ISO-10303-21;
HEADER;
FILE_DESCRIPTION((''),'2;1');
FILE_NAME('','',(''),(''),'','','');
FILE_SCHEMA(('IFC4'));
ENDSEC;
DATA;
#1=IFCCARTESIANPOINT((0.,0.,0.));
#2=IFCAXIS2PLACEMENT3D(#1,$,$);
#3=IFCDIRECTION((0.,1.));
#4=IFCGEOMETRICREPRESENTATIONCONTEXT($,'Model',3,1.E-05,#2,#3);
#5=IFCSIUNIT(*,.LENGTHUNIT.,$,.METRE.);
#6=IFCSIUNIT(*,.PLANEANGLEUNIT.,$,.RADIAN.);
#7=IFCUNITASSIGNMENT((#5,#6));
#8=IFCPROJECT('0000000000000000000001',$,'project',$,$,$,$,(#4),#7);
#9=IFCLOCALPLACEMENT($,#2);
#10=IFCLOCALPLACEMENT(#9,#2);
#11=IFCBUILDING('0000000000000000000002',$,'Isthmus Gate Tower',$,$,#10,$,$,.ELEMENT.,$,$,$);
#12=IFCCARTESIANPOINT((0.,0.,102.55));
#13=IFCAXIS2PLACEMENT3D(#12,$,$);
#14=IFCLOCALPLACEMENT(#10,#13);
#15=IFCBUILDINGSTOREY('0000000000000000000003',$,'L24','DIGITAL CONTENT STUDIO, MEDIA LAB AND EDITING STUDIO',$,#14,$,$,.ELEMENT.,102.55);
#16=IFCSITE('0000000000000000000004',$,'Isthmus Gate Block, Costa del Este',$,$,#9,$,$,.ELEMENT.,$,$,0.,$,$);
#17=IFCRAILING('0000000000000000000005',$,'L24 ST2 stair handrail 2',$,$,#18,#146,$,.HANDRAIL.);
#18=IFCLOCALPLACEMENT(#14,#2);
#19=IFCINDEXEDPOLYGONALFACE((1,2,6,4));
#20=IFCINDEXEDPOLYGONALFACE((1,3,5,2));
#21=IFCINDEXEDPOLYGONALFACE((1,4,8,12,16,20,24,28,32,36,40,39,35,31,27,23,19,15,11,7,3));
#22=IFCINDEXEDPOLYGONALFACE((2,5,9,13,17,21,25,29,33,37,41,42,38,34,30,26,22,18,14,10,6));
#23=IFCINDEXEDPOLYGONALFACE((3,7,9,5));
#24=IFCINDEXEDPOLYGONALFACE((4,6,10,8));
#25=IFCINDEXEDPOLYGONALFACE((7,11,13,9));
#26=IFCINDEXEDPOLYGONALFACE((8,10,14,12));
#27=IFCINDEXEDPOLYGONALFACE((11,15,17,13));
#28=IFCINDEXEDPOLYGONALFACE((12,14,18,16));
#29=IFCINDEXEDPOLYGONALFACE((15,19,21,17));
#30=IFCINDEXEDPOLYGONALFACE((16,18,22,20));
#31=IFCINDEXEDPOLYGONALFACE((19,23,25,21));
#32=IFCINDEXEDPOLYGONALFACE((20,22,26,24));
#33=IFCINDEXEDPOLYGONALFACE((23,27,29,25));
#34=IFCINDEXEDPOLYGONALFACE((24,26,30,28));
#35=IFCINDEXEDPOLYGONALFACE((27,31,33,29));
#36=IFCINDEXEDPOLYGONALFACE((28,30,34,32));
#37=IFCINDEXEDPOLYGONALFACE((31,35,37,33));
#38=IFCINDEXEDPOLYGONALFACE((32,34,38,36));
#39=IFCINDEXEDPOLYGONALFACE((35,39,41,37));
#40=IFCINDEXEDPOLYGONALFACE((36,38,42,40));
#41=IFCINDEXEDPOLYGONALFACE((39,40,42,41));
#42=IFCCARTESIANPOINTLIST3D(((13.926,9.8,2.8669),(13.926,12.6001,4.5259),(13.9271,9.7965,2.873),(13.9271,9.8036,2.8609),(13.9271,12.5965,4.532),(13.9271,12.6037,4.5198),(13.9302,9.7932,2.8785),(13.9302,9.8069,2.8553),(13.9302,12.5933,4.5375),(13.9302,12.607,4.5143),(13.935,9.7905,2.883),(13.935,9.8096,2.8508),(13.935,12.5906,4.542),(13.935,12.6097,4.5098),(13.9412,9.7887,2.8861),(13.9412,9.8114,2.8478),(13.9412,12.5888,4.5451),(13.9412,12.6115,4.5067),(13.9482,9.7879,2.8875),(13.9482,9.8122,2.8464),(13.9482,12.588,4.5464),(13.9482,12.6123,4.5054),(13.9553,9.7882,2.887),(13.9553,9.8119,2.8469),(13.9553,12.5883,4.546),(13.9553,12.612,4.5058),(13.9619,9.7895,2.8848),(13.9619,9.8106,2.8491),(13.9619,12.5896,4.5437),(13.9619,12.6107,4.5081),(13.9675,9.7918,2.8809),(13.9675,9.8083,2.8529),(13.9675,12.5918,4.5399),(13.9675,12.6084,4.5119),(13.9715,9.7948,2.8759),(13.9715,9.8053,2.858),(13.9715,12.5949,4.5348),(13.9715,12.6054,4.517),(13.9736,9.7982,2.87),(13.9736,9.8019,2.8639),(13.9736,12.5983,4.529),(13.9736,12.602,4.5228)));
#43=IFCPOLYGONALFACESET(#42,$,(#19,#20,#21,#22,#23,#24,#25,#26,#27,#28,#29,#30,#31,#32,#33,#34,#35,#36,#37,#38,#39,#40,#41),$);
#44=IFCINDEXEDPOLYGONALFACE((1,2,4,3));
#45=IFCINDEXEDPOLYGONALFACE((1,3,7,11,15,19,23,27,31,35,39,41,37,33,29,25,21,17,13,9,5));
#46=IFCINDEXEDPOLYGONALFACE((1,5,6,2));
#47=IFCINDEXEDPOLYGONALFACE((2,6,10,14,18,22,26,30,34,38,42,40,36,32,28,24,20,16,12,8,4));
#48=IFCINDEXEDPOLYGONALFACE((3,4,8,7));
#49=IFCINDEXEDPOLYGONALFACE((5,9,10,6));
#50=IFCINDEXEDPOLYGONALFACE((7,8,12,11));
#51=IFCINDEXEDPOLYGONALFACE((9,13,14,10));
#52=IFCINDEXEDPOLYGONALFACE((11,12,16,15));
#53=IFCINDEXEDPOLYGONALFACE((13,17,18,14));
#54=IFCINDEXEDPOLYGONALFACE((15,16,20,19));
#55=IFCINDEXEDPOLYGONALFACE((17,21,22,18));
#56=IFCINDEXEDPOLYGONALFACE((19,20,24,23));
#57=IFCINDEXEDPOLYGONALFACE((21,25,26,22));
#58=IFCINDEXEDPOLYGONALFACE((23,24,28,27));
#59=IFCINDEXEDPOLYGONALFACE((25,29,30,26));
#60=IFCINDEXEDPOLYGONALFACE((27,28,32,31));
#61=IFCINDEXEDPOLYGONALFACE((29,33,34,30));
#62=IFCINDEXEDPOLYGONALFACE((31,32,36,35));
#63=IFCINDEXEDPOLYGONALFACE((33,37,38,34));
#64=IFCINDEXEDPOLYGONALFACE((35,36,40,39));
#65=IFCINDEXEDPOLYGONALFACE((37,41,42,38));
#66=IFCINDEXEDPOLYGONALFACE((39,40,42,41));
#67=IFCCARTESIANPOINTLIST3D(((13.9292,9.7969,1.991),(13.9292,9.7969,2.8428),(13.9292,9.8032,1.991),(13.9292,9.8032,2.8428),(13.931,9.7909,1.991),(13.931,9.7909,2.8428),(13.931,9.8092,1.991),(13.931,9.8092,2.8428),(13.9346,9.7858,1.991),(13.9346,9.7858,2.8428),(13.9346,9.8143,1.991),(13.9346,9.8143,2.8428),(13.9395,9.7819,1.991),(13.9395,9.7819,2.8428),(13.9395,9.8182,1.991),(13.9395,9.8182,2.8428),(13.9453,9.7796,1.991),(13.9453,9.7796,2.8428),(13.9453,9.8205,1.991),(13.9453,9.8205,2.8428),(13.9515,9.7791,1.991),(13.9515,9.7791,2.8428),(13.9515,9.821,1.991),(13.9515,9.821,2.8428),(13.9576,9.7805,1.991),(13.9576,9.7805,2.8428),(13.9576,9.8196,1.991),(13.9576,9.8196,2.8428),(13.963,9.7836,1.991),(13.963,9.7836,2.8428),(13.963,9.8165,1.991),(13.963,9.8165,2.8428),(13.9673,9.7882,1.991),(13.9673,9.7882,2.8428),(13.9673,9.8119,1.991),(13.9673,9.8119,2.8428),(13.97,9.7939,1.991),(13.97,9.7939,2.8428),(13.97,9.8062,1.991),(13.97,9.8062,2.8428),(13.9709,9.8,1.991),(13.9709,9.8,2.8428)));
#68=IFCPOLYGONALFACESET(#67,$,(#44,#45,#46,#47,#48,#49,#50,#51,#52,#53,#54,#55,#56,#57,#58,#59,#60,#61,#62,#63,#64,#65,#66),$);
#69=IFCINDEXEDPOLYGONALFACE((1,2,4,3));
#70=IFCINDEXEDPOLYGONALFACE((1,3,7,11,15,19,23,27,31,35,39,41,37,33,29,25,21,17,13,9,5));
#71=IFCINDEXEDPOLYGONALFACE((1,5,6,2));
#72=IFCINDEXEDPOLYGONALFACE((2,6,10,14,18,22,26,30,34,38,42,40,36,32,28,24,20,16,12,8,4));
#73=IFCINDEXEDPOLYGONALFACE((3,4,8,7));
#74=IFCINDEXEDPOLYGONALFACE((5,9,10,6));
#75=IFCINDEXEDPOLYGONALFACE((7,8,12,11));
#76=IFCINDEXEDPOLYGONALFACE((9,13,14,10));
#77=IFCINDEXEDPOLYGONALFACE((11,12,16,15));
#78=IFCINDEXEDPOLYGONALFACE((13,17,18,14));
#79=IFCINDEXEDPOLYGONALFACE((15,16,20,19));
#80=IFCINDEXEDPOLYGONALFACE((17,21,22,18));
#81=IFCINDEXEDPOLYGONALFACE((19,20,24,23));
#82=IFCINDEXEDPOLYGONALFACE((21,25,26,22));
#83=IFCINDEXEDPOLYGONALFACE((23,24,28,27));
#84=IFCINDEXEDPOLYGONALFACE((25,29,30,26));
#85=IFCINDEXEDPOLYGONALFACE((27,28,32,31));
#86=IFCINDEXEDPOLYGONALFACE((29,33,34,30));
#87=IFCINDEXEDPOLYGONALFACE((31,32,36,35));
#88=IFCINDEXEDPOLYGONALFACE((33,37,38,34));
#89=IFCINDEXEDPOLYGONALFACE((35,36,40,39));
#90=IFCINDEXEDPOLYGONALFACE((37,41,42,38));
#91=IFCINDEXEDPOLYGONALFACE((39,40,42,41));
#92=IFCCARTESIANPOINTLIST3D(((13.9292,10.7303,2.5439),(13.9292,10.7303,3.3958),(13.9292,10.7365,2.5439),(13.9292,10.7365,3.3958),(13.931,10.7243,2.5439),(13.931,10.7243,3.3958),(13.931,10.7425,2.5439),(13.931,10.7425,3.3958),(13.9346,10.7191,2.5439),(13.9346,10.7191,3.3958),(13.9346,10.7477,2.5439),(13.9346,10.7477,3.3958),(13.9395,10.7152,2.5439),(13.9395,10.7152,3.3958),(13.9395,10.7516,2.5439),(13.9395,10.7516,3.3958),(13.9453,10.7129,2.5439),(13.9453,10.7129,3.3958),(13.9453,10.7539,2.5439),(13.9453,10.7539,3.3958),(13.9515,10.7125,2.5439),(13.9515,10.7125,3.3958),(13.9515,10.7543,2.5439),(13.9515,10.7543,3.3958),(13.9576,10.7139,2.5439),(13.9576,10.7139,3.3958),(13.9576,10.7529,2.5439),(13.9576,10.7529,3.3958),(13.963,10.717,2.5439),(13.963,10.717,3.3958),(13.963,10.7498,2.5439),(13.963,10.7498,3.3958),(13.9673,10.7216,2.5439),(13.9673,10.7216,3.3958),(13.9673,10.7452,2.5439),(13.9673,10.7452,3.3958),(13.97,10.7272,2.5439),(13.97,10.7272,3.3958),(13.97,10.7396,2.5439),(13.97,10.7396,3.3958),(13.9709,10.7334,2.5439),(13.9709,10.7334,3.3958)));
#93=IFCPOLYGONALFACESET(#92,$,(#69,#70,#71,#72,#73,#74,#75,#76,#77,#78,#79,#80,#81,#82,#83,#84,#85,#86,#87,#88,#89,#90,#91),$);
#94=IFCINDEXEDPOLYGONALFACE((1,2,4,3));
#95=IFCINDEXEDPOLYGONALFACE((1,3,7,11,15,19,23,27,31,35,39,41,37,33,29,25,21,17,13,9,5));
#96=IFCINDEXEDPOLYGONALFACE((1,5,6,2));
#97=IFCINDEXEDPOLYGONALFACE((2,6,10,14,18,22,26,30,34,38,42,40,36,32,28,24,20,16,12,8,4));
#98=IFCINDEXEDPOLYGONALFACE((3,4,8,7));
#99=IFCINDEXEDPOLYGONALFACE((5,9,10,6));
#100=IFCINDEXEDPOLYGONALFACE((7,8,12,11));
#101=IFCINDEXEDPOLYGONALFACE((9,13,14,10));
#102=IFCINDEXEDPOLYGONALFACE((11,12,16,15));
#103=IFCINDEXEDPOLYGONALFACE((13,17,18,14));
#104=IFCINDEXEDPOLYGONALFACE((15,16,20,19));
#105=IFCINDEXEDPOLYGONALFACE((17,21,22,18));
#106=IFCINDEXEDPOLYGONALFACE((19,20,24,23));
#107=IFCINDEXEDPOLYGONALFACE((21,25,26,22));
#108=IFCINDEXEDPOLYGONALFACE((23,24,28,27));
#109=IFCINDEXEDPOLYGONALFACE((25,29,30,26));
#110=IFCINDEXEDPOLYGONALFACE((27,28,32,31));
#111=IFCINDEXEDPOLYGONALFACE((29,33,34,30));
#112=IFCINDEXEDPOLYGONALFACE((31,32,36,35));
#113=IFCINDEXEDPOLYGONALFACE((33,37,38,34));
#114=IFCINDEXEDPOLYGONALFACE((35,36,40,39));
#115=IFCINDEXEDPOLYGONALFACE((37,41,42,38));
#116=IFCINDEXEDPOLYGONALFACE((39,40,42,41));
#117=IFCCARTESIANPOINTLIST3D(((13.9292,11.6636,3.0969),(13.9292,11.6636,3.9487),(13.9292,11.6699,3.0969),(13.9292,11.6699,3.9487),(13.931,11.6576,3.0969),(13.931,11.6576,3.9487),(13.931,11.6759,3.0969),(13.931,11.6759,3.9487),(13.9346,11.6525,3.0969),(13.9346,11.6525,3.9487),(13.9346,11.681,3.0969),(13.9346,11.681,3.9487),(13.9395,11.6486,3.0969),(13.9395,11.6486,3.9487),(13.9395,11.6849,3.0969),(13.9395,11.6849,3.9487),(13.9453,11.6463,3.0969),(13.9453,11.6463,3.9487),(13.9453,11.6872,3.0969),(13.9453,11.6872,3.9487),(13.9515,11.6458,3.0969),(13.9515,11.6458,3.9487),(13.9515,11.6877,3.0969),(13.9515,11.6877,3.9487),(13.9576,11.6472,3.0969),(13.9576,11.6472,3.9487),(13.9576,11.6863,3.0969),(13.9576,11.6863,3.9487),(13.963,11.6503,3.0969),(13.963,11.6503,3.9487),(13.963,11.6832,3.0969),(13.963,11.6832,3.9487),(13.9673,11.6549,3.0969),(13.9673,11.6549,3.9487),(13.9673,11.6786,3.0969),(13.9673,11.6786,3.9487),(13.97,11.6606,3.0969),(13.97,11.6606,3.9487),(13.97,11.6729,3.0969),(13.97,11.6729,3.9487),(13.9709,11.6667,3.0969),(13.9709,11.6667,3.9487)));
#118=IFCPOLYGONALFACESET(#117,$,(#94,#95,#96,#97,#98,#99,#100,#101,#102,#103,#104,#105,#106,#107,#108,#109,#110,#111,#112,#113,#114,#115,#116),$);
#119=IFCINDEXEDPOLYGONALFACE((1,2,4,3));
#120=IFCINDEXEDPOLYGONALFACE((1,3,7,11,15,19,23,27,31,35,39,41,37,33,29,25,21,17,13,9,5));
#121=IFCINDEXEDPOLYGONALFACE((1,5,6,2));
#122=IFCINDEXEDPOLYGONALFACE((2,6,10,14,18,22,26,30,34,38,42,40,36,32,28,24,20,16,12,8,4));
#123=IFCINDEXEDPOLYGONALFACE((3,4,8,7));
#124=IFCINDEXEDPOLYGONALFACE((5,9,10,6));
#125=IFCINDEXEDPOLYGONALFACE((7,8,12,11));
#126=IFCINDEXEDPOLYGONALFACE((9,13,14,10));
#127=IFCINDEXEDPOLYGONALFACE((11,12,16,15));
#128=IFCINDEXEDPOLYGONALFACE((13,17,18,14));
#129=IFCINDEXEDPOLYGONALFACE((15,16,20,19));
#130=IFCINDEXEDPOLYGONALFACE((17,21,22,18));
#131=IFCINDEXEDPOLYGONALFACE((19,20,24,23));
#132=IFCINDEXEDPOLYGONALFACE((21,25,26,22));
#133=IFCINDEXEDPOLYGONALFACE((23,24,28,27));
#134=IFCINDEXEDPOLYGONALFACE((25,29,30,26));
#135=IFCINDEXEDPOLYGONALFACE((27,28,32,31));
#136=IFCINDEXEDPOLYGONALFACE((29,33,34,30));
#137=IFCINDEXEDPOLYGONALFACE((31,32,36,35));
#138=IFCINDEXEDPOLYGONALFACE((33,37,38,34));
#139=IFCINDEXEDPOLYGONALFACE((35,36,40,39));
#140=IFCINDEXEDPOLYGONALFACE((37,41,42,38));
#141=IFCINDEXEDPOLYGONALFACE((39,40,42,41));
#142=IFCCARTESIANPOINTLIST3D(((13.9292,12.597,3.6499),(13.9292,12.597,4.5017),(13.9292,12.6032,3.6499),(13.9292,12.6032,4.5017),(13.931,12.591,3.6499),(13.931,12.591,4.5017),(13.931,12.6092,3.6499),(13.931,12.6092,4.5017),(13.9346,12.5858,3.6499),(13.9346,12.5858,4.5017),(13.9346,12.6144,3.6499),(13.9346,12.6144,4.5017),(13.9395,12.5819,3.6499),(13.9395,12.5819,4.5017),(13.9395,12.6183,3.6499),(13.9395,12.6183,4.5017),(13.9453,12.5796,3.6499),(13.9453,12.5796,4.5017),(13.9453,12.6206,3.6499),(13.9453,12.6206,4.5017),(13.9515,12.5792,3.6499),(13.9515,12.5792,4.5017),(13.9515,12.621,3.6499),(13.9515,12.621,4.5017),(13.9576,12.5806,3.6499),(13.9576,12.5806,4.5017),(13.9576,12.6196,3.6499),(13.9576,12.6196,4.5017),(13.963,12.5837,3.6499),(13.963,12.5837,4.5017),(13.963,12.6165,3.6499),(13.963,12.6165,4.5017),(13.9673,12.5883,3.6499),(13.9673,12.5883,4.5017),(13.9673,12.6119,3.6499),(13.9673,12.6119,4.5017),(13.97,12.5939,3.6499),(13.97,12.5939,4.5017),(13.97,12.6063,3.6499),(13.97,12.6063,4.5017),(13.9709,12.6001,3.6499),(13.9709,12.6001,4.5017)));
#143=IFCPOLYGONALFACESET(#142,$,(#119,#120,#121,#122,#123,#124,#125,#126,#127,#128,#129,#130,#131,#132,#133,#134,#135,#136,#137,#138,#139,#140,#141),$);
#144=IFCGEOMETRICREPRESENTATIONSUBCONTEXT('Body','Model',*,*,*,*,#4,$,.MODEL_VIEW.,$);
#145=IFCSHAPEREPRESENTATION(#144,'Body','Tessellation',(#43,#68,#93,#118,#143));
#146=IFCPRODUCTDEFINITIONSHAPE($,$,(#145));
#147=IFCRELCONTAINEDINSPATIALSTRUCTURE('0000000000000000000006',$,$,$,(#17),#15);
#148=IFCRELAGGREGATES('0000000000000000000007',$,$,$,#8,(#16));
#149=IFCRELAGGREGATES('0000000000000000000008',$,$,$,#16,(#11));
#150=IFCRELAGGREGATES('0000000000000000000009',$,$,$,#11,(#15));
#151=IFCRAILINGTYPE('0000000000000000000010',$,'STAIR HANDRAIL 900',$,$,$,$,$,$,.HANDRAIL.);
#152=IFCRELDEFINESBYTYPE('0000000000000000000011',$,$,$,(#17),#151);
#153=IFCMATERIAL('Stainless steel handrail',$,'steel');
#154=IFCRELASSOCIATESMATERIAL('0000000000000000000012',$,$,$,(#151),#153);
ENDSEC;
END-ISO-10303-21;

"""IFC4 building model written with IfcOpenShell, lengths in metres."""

from ifc_helpers import new_model, si_unit, direction, frame, origin, origin_2d, place, context, subcontext, project, spatial, circle, extrude, material, type_object, element, save


model = new_model("IFC4")

# Units and contexts
model_context = context("Model", 3, precision=1e-05, world=origin(), true_north=direction((0.0, 1.0)))
body_context = subcontext(model_context, "Body", "Model", "MODEL_VIEW")
ifc_project = project(units=[si_unit("LENGTHUNIT", "METRE"), si_unit("PLANEANGLEUNIT", "RADIAN")], contexts=[model_context])

# Site, building, storey
site_placement = place(None, origin())
site = spatial("IfcSite", under=ifc_project, at=site_placement, Name="Isthmus Gate Block, Costa del Este", CompositionType="ELEMENT", RefElevation=0.0)
building_placement = place(site_placement, origin())
building = spatial("IfcBuilding", under=site, at=building_placement, Name="Isthmus Gate Tower", CompositionType="ELEMENT")
storey_placement = place(building_placement, frame((0.0, 0.0, 102.55)))
storey = spatial("IfcBuildingStorey", under=building, at=storey_placement, Name="L24", Description="DIGITAL CONTENT STUDIO, MEDIA LAB AND EDITING STUDIO", CompositionType="ELEMENT", Elevation=102.55)

# Railing
ifc_material_1 = material(Name="Stainless steel handrail", Category="steel")
railing_type = type_object("IfcRailingType", Name="STAIR HANDRAIL 900", PredefinedType="HANDRAIL", material=ifc_material_1)
railing_placement = place(storey_placement, frame((13.95, 9.8, 1.991)))
element("IfcRailing", 1, at=railing_placement, inside=storey, type_object=railing_type, Name="L24 ST2 stair handrail 2", PredefinedType="HANDRAIL", context=body_context, shape_type="SweptSolid", body=[
    extrude(circle(Radius=0.0239, at=origin_2d()), frame((0.0, 0.0, 0.876), z_axis=(0.0, 0.860339, 0.509722), x_axis=(-1.0, 0.0, 0.0)), (0.0, 0.0, 1.0), 3.2546),
    extrude(circle(Radius=0.021, at=origin_2d()), origin(), (0.0, 0.0, 1.0), 0.8518),
    extrude(circle(Radius=0.021, at=origin_2d()), frame((0.0, 0.9333, 0.553)), (0.0, 0.0, 1.0), 0.8518),
    extrude(circle(Radius=0.021, at=origin_2d()), frame((0.0, 1.8667, 1.106)), (0.0, 0.0, 1.0), 0.8518),
    extrude(circle(Radius=0.021, at=origin_2d()), frame((0.0, 2.8, 1.6589)), (0.0, 0.0, 1.0), 0.8518),
])

save(model, "model.ifc")
